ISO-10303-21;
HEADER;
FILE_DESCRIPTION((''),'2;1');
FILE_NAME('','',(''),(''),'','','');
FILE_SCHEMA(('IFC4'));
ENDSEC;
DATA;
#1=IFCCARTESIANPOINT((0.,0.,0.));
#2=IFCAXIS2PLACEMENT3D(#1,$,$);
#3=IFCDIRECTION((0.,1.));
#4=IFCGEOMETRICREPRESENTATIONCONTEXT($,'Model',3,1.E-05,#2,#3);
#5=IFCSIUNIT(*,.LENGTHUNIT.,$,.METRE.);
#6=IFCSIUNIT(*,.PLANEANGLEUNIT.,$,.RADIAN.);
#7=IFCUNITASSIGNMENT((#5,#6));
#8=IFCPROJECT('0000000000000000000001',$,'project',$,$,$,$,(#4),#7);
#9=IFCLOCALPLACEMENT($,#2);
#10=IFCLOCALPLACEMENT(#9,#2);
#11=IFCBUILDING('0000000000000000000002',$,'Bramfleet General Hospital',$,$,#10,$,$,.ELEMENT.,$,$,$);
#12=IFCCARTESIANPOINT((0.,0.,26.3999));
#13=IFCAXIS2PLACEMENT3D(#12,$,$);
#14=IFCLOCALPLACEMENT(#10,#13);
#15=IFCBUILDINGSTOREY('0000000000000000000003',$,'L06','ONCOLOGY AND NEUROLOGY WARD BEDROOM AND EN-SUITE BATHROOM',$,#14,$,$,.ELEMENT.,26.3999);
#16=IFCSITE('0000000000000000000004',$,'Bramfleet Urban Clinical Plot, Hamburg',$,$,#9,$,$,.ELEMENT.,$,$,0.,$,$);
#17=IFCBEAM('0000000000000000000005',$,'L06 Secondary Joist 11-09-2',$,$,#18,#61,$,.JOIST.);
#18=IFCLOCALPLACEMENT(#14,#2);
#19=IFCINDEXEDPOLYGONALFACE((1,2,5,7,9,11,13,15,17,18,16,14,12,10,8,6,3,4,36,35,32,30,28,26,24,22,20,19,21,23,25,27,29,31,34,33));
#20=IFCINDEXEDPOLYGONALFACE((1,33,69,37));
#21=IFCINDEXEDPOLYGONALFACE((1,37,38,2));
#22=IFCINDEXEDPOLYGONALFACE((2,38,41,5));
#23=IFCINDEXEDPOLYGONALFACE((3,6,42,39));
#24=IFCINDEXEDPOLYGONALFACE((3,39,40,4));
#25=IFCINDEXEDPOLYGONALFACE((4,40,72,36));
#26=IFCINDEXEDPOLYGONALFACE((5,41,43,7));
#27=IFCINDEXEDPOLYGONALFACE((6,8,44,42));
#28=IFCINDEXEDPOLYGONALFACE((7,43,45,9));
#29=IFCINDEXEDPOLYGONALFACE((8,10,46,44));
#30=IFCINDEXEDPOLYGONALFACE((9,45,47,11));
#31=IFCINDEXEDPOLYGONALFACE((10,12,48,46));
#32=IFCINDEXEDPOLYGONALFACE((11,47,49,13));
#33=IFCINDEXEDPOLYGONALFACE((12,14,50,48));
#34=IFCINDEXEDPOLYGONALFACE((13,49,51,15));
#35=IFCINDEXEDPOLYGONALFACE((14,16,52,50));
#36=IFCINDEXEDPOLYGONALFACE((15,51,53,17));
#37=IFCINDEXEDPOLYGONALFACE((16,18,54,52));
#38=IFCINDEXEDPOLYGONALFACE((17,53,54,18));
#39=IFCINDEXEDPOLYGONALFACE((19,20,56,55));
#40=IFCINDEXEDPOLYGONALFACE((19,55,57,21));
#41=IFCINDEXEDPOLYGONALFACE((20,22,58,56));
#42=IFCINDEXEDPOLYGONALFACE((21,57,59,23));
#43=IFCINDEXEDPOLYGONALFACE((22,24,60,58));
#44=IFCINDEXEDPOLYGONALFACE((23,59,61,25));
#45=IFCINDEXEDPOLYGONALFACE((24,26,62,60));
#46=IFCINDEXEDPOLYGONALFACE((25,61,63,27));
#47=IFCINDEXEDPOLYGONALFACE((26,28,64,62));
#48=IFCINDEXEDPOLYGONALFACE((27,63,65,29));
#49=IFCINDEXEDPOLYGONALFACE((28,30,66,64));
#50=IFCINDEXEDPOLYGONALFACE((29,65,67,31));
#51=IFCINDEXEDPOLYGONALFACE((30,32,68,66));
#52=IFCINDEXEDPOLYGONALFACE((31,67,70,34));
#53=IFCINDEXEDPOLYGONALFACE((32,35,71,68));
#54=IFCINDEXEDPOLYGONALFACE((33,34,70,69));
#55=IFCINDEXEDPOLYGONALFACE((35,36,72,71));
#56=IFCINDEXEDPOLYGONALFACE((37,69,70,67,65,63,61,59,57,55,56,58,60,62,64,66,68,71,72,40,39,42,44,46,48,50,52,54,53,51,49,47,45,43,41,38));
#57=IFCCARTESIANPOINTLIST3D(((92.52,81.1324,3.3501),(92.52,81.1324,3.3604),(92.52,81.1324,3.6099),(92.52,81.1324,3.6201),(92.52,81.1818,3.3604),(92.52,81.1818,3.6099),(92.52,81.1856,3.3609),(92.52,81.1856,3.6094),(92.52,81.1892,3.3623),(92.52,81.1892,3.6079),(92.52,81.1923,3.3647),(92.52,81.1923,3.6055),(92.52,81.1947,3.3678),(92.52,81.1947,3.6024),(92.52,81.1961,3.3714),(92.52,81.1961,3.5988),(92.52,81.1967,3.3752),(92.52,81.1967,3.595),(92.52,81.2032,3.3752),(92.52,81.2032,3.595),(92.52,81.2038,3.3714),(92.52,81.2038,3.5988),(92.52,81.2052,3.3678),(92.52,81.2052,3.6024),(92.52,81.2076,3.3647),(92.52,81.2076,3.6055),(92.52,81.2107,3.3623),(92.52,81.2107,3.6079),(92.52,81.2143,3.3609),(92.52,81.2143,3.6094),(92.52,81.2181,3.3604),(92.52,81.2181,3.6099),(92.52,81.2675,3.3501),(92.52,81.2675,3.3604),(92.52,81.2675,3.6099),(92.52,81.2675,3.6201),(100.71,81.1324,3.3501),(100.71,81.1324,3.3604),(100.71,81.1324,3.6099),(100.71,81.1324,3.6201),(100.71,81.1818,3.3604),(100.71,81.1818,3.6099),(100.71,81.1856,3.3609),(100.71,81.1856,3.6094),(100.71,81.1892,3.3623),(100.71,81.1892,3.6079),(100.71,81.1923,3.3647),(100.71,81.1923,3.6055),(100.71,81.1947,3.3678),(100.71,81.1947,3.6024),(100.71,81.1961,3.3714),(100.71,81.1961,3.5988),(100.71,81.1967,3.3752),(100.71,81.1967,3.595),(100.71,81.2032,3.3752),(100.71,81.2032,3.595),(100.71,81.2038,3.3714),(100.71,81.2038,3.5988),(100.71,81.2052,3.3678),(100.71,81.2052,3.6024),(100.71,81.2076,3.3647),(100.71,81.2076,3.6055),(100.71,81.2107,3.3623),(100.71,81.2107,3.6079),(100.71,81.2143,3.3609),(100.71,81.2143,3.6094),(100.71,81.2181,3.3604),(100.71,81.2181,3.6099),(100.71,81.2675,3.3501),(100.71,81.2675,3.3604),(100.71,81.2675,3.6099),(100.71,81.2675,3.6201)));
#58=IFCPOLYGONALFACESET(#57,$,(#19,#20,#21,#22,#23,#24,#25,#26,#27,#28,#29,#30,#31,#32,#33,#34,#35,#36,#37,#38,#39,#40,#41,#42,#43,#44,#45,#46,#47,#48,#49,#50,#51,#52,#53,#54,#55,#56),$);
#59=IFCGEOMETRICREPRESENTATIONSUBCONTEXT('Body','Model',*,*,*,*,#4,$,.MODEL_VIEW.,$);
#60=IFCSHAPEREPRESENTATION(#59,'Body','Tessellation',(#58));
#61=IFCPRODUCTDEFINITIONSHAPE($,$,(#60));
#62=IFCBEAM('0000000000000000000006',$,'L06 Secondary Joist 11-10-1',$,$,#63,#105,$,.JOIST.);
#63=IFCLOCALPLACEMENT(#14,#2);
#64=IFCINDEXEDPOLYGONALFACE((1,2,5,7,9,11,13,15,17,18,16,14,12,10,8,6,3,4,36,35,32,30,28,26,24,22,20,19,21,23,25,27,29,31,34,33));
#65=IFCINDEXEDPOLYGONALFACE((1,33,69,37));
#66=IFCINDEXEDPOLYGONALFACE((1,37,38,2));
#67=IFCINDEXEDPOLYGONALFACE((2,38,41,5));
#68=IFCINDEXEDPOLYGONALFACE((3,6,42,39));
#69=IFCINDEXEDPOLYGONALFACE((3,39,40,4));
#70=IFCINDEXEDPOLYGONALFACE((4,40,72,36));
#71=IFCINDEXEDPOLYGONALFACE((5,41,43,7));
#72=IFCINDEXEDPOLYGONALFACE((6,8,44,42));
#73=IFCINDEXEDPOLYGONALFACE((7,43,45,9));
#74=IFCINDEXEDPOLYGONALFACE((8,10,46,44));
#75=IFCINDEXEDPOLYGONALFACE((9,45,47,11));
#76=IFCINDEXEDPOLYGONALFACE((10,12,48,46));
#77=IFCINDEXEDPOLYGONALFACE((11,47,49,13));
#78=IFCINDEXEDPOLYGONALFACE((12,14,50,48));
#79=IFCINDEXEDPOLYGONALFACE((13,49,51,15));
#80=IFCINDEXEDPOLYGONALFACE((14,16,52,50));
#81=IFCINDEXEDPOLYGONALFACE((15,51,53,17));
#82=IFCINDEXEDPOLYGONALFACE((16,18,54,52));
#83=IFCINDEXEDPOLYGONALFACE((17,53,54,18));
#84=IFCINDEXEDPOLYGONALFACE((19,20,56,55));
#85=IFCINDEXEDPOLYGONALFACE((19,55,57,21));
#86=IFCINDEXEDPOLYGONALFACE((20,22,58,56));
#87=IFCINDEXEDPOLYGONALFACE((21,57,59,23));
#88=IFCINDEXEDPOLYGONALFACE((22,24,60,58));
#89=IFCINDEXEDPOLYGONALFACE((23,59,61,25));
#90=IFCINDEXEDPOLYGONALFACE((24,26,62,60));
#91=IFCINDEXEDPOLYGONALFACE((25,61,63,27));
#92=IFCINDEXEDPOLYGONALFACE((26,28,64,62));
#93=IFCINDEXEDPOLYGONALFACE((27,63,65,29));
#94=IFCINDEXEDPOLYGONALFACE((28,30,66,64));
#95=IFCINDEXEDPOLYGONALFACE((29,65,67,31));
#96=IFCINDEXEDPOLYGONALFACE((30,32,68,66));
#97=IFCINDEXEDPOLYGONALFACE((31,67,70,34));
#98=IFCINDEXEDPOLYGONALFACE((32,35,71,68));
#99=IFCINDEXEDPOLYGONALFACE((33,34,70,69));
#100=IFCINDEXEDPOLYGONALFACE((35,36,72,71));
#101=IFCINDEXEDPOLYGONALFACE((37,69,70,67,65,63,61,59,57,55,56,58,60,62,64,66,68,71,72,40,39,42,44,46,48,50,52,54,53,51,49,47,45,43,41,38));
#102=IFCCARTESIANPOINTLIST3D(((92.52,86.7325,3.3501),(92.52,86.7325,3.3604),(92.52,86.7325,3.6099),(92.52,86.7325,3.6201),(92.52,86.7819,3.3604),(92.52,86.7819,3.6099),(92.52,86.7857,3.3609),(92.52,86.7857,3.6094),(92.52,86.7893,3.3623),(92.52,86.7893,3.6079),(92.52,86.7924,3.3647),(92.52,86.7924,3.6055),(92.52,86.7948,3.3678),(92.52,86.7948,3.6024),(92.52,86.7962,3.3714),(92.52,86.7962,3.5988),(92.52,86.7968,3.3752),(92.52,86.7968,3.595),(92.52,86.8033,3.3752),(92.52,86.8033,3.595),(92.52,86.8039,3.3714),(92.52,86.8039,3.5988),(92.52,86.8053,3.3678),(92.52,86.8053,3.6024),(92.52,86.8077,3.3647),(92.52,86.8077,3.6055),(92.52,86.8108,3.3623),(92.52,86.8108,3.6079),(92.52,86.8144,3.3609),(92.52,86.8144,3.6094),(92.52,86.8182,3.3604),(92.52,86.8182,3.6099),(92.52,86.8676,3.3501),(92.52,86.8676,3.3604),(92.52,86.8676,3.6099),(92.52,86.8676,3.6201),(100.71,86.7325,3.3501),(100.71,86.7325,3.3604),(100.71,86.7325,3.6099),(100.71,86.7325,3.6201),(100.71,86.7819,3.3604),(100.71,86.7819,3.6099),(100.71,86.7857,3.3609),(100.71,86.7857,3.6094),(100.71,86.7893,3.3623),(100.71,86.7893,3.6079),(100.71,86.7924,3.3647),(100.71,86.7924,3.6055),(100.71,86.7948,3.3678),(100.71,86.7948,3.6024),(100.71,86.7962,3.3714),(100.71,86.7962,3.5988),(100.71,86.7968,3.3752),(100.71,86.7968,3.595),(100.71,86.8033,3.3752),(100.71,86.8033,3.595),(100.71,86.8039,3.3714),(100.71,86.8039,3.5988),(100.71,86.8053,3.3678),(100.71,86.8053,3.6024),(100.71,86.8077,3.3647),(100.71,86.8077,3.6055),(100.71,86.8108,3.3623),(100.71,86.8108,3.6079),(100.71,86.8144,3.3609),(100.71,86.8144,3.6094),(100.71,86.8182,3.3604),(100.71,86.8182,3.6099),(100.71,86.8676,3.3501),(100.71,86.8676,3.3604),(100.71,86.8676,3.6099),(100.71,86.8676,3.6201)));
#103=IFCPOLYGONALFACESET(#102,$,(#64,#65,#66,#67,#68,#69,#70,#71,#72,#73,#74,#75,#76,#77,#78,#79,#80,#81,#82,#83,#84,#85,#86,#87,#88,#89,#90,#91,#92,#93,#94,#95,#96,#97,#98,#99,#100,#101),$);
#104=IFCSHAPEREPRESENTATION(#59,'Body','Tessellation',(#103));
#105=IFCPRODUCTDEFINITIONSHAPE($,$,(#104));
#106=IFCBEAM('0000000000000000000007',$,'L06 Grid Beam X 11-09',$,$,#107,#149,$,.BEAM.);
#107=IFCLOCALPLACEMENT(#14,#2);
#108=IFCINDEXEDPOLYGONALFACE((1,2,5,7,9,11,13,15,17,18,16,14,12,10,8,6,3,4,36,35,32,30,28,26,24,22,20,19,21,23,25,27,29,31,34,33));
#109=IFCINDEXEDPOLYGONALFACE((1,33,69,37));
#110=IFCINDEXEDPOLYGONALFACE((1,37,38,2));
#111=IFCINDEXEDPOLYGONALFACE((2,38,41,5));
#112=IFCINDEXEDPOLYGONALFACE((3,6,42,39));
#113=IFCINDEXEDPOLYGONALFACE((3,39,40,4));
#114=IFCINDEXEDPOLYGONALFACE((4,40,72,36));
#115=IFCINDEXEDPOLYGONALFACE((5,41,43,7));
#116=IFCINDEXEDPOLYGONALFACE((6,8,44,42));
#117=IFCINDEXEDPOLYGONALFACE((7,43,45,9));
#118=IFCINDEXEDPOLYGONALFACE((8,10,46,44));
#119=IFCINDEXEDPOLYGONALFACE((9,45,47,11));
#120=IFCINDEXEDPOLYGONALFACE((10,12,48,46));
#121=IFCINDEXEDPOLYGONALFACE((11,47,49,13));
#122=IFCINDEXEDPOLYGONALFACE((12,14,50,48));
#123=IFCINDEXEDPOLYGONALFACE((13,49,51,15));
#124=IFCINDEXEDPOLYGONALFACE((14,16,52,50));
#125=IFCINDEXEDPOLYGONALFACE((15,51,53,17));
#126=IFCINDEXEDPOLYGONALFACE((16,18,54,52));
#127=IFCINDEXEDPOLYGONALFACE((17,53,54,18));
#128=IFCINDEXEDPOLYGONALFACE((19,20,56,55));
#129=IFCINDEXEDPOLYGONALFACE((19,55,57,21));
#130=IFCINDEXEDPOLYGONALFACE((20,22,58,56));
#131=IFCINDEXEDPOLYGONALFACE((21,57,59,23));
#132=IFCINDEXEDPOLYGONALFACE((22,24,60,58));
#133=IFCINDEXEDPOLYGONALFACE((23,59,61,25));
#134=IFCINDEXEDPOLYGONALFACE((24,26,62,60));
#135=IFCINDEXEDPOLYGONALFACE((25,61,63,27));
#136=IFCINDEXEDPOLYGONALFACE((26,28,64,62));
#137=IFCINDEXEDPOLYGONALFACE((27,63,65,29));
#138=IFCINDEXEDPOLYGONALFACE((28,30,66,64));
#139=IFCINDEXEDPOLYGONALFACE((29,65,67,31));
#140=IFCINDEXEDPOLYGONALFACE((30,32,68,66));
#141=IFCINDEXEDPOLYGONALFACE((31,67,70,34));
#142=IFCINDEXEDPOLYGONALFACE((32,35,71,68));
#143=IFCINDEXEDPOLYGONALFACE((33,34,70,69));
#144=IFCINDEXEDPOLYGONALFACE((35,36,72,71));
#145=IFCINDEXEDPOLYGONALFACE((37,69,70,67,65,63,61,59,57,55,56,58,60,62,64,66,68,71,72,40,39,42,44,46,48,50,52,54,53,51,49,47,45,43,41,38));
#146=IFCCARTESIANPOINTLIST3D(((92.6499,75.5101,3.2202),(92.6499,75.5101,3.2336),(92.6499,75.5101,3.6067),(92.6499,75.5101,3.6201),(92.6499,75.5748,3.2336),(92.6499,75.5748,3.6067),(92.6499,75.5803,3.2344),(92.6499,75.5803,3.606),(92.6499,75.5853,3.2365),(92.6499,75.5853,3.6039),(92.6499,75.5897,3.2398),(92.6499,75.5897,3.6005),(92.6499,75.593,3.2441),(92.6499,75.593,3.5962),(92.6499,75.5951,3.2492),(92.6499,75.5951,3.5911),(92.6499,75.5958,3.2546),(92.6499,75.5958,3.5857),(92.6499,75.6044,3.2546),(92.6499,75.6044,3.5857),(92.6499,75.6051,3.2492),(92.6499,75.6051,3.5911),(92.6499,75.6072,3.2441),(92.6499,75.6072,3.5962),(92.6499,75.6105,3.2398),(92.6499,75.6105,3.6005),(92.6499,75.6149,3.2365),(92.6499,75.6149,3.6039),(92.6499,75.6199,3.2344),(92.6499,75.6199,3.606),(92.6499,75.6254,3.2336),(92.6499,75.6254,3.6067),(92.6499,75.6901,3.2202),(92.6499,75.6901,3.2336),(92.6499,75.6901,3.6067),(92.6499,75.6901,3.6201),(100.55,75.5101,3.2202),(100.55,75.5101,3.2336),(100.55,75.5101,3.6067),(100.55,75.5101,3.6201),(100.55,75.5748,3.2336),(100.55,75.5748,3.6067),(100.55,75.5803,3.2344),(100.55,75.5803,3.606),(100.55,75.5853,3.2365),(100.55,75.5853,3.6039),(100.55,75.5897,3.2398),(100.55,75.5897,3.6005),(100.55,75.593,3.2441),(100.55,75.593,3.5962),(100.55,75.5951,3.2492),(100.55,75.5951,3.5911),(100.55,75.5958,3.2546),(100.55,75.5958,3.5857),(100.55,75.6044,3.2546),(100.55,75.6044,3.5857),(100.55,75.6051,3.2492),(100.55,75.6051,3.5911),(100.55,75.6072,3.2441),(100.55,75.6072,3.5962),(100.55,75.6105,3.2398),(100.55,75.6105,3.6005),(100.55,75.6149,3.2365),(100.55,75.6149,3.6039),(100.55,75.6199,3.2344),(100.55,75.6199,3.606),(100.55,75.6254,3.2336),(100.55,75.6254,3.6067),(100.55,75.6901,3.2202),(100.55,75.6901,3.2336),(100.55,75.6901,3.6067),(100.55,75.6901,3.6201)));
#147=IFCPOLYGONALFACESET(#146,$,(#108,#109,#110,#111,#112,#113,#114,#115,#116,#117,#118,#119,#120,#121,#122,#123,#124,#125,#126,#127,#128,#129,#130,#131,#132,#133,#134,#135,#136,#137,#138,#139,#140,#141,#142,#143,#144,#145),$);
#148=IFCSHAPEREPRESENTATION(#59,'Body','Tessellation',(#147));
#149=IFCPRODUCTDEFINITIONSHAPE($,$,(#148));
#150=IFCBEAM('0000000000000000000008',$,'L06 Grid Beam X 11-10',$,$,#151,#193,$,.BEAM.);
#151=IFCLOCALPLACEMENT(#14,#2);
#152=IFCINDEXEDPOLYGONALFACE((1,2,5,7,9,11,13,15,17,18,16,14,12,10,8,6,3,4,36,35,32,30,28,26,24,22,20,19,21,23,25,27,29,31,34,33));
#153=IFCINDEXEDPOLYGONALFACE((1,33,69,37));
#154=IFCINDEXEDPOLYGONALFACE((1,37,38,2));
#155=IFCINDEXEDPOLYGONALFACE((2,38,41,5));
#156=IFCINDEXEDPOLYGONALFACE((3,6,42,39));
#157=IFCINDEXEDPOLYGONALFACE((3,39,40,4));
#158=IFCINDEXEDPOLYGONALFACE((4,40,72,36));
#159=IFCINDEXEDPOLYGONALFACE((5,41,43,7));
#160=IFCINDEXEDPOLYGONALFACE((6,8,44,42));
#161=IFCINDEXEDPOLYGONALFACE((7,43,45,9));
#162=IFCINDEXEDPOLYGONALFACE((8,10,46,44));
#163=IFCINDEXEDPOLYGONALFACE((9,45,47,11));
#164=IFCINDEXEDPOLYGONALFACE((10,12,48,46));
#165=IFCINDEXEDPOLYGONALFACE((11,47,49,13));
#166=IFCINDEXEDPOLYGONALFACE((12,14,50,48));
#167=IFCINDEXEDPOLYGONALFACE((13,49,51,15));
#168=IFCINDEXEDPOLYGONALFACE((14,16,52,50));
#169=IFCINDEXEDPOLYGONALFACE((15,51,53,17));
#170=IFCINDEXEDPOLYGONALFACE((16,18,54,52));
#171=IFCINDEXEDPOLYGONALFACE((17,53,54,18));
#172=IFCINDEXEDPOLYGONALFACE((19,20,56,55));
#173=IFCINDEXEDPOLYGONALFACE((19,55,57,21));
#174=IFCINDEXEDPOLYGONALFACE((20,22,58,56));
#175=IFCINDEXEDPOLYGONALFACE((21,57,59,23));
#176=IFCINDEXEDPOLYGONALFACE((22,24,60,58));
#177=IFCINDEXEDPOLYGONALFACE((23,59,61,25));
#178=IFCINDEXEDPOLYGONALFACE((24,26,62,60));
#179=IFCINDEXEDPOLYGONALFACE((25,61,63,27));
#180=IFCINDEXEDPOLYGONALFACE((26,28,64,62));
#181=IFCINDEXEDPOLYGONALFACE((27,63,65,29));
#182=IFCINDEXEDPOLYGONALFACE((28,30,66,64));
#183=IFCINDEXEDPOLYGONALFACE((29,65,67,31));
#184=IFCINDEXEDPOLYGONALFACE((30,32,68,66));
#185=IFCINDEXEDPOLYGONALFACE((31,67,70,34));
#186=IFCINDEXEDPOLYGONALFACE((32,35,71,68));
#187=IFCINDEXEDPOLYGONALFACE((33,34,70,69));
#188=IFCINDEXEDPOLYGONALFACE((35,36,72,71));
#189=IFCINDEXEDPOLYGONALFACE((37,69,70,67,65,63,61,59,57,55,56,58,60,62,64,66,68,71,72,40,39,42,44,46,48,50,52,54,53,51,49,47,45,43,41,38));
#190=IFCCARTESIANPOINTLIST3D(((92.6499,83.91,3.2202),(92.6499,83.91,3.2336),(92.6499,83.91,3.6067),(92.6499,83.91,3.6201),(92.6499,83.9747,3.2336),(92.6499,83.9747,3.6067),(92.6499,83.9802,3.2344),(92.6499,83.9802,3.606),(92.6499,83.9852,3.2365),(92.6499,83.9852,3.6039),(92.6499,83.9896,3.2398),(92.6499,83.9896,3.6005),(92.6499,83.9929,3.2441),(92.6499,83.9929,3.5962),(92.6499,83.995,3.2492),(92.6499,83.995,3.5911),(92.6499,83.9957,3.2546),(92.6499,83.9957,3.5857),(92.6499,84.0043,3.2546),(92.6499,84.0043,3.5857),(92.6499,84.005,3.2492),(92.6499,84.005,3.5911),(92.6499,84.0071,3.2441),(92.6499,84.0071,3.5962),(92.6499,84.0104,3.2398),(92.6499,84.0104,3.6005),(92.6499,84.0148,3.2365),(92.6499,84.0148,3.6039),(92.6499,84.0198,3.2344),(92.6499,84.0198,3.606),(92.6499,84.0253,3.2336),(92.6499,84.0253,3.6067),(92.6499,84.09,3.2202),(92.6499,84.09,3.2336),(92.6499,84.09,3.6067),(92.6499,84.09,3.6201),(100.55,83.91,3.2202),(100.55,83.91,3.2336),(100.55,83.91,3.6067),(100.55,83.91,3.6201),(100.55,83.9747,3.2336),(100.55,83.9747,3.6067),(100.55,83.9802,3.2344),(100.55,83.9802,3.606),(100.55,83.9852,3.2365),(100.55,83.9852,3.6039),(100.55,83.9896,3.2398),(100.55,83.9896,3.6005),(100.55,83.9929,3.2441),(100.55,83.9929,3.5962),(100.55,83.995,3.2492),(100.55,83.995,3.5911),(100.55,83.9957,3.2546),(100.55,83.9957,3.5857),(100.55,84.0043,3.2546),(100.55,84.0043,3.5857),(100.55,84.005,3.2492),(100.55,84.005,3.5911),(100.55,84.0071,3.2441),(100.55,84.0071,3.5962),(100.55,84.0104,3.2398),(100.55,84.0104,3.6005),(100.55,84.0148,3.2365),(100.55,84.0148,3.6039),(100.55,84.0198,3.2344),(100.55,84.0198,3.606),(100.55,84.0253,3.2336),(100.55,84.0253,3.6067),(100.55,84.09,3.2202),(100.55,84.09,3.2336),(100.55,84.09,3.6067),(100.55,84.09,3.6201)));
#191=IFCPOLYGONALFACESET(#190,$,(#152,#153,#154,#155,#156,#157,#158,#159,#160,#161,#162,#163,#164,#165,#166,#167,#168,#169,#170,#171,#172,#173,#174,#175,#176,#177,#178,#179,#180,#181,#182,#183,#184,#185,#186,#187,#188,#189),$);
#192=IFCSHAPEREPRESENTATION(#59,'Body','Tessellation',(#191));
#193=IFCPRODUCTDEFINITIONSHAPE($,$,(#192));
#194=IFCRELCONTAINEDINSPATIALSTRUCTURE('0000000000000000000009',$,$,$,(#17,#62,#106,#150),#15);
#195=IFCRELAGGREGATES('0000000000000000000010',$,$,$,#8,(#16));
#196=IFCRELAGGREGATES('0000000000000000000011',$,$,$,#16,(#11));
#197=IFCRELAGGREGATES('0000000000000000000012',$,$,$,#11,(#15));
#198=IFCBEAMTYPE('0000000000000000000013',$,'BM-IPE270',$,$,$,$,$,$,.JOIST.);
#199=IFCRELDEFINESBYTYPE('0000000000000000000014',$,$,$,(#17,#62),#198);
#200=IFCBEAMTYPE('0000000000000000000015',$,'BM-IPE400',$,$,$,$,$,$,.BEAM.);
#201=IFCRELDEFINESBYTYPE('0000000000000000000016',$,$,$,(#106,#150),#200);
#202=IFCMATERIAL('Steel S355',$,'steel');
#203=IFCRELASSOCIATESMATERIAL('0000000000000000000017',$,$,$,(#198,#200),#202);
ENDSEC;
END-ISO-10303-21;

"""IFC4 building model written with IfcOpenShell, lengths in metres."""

from ifc_helpers import new_model, si_unit, direction, frame, origin, origin_2d, place, context, subcontext, project, spatial, i_section, extrude, material, material_profile, profile_set, type_object, element, save


model = new_model("IFC4")

# Units and contexts
model_context = context("Model", 3, precision=1e-05, world=origin(), true_north=direction((0.0, 1.0)))
body_context = subcontext(model_context, "Body", "Model", "MODEL_VIEW")
ifc_project = project(units=[si_unit("LENGTHUNIT", "METRE"), si_unit("PLANEANGLEUNIT", "RADIAN")], contexts=[model_context])

# Site, building, storey
site_placement = place(None, origin())
site = spatial("IfcSite", under=ifc_project, at=site_placement, Name="Bramfleet Urban Clinical Plot, Hamburg", CompositionType="ELEMENT", RefElevation=0.0)
building_placement = place(site_placement, origin())
building = spatial("IfcBuilding", under=site, at=building_placement, Name="Bramfleet General Hospital", CompositionType="ELEMENT")
storey_placement = place(building_placement, frame((0.0, 0.0, 26.3999)))
storey = spatial("IfcBuildingStorey", under=building, at=storey_placement, Name="L06", Description="ONCOLOGY AND NEUROLOGY WARD BEDROOM AND EN-SUITE BATHROOM", CompositionType="ELEMENT", Elevation=26.3999)

# Beams
ifc_material_1 = material(Name="Steel S355", Category="steel")
ifc_material_profile_1 = material_profile(ifc_material_1, i_section(OverallWidth=0.135, OverallDepth=0.27, WebThickness=0.0066, FlangeThickness=0.0103, FilletRadius=0.0149, at=origin_2d()), Name="IPE 270")
ifc_profile_set_1 = profile_set([ifc_material_profile_1], Name="Steel S355")
beam_type_1 = type_object("IfcBeamType", Name="BM-IPE270", PredefinedType="JOIST", material=ifc_profile_set_1)
for number, where, z_axis, x_axis, name in (
    (1, (92.52, 81.2, 3.4851), (1.0, 0.0, 0.0), (0.0, 1.0, 0.0), "L06 Secondary Joist 11-09-2"),
    (2, (92.52, 86.8, 3.4851), (1.0, 0.0, 0.0), (0.0, 1.0, 0.0), "L06 Secondary Joist 11-10-1"),
):
    element("IfcBeam", number, at=place(storey_placement, frame(where, z_axis=z_axis, x_axis=x_axis)), inside=storey, type_object=beam_type_1, Name=name, PredefinedType="JOIST", context=body_context, shape_type="SweptSolid", body=[
        extrude(i_section(OverallWidth=0.135, OverallDepth=0.27, WebThickness=0.0066, FlangeThickness=0.0103, FilletRadius=0.0149, at=origin_2d()), origin(), (0.0, 0.0, 1.0), 8.1899),
    ])
ifc_material_profile_2 = material_profile(ifc_material_1, i_section(OverallWidth=0.1799, OverallDepth=0.3999, WebThickness=0.0085, FlangeThickness=0.0134, FilletRadius=0.021, at=origin_2d()), Name="IPE 400")
ifc_profile_set_2 = profile_set([ifc_material_profile_2], Name="Steel S355")
beam_type_2 = type_object("IfcBeamType", Name="BM-IPE400", PredefinedType="BEAM", material=ifc_profile_set_2)
for number, where, z_axis, x_axis, name in (
    (3, (92.6499, 75.6001, 3.4202), (1.0, 0.0, 0.0), (0.0, 1.0, 0.0), "L06 Grid Beam X 11-09"),
    (4, (92.6499, 84.0, 3.4202), (1.0, 0.0, 0.0), (0.0, 1.0, 0.0), "L06 Grid Beam X 11-10"),
):
    element("IfcBeam", number, at=place(storey_placement, frame(where, z_axis=z_axis, x_axis=x_axis)), inside=storey, type_object=beam_type_2, Name=name, PredefinedType="BEAM", context=body_context, shape_type="SweptSolid", body=[
        extrude(i_section(OverallWidth=0.1799, OverallDepth=0.3999, WebThickness=0.0085, FlangeThickness=0.0134, FilletRadius=0.021, at=origin_2d()), origin(), (0.0, 0.0, 1.0), 7.9001),
    ])

save(model, "model.ifc")
